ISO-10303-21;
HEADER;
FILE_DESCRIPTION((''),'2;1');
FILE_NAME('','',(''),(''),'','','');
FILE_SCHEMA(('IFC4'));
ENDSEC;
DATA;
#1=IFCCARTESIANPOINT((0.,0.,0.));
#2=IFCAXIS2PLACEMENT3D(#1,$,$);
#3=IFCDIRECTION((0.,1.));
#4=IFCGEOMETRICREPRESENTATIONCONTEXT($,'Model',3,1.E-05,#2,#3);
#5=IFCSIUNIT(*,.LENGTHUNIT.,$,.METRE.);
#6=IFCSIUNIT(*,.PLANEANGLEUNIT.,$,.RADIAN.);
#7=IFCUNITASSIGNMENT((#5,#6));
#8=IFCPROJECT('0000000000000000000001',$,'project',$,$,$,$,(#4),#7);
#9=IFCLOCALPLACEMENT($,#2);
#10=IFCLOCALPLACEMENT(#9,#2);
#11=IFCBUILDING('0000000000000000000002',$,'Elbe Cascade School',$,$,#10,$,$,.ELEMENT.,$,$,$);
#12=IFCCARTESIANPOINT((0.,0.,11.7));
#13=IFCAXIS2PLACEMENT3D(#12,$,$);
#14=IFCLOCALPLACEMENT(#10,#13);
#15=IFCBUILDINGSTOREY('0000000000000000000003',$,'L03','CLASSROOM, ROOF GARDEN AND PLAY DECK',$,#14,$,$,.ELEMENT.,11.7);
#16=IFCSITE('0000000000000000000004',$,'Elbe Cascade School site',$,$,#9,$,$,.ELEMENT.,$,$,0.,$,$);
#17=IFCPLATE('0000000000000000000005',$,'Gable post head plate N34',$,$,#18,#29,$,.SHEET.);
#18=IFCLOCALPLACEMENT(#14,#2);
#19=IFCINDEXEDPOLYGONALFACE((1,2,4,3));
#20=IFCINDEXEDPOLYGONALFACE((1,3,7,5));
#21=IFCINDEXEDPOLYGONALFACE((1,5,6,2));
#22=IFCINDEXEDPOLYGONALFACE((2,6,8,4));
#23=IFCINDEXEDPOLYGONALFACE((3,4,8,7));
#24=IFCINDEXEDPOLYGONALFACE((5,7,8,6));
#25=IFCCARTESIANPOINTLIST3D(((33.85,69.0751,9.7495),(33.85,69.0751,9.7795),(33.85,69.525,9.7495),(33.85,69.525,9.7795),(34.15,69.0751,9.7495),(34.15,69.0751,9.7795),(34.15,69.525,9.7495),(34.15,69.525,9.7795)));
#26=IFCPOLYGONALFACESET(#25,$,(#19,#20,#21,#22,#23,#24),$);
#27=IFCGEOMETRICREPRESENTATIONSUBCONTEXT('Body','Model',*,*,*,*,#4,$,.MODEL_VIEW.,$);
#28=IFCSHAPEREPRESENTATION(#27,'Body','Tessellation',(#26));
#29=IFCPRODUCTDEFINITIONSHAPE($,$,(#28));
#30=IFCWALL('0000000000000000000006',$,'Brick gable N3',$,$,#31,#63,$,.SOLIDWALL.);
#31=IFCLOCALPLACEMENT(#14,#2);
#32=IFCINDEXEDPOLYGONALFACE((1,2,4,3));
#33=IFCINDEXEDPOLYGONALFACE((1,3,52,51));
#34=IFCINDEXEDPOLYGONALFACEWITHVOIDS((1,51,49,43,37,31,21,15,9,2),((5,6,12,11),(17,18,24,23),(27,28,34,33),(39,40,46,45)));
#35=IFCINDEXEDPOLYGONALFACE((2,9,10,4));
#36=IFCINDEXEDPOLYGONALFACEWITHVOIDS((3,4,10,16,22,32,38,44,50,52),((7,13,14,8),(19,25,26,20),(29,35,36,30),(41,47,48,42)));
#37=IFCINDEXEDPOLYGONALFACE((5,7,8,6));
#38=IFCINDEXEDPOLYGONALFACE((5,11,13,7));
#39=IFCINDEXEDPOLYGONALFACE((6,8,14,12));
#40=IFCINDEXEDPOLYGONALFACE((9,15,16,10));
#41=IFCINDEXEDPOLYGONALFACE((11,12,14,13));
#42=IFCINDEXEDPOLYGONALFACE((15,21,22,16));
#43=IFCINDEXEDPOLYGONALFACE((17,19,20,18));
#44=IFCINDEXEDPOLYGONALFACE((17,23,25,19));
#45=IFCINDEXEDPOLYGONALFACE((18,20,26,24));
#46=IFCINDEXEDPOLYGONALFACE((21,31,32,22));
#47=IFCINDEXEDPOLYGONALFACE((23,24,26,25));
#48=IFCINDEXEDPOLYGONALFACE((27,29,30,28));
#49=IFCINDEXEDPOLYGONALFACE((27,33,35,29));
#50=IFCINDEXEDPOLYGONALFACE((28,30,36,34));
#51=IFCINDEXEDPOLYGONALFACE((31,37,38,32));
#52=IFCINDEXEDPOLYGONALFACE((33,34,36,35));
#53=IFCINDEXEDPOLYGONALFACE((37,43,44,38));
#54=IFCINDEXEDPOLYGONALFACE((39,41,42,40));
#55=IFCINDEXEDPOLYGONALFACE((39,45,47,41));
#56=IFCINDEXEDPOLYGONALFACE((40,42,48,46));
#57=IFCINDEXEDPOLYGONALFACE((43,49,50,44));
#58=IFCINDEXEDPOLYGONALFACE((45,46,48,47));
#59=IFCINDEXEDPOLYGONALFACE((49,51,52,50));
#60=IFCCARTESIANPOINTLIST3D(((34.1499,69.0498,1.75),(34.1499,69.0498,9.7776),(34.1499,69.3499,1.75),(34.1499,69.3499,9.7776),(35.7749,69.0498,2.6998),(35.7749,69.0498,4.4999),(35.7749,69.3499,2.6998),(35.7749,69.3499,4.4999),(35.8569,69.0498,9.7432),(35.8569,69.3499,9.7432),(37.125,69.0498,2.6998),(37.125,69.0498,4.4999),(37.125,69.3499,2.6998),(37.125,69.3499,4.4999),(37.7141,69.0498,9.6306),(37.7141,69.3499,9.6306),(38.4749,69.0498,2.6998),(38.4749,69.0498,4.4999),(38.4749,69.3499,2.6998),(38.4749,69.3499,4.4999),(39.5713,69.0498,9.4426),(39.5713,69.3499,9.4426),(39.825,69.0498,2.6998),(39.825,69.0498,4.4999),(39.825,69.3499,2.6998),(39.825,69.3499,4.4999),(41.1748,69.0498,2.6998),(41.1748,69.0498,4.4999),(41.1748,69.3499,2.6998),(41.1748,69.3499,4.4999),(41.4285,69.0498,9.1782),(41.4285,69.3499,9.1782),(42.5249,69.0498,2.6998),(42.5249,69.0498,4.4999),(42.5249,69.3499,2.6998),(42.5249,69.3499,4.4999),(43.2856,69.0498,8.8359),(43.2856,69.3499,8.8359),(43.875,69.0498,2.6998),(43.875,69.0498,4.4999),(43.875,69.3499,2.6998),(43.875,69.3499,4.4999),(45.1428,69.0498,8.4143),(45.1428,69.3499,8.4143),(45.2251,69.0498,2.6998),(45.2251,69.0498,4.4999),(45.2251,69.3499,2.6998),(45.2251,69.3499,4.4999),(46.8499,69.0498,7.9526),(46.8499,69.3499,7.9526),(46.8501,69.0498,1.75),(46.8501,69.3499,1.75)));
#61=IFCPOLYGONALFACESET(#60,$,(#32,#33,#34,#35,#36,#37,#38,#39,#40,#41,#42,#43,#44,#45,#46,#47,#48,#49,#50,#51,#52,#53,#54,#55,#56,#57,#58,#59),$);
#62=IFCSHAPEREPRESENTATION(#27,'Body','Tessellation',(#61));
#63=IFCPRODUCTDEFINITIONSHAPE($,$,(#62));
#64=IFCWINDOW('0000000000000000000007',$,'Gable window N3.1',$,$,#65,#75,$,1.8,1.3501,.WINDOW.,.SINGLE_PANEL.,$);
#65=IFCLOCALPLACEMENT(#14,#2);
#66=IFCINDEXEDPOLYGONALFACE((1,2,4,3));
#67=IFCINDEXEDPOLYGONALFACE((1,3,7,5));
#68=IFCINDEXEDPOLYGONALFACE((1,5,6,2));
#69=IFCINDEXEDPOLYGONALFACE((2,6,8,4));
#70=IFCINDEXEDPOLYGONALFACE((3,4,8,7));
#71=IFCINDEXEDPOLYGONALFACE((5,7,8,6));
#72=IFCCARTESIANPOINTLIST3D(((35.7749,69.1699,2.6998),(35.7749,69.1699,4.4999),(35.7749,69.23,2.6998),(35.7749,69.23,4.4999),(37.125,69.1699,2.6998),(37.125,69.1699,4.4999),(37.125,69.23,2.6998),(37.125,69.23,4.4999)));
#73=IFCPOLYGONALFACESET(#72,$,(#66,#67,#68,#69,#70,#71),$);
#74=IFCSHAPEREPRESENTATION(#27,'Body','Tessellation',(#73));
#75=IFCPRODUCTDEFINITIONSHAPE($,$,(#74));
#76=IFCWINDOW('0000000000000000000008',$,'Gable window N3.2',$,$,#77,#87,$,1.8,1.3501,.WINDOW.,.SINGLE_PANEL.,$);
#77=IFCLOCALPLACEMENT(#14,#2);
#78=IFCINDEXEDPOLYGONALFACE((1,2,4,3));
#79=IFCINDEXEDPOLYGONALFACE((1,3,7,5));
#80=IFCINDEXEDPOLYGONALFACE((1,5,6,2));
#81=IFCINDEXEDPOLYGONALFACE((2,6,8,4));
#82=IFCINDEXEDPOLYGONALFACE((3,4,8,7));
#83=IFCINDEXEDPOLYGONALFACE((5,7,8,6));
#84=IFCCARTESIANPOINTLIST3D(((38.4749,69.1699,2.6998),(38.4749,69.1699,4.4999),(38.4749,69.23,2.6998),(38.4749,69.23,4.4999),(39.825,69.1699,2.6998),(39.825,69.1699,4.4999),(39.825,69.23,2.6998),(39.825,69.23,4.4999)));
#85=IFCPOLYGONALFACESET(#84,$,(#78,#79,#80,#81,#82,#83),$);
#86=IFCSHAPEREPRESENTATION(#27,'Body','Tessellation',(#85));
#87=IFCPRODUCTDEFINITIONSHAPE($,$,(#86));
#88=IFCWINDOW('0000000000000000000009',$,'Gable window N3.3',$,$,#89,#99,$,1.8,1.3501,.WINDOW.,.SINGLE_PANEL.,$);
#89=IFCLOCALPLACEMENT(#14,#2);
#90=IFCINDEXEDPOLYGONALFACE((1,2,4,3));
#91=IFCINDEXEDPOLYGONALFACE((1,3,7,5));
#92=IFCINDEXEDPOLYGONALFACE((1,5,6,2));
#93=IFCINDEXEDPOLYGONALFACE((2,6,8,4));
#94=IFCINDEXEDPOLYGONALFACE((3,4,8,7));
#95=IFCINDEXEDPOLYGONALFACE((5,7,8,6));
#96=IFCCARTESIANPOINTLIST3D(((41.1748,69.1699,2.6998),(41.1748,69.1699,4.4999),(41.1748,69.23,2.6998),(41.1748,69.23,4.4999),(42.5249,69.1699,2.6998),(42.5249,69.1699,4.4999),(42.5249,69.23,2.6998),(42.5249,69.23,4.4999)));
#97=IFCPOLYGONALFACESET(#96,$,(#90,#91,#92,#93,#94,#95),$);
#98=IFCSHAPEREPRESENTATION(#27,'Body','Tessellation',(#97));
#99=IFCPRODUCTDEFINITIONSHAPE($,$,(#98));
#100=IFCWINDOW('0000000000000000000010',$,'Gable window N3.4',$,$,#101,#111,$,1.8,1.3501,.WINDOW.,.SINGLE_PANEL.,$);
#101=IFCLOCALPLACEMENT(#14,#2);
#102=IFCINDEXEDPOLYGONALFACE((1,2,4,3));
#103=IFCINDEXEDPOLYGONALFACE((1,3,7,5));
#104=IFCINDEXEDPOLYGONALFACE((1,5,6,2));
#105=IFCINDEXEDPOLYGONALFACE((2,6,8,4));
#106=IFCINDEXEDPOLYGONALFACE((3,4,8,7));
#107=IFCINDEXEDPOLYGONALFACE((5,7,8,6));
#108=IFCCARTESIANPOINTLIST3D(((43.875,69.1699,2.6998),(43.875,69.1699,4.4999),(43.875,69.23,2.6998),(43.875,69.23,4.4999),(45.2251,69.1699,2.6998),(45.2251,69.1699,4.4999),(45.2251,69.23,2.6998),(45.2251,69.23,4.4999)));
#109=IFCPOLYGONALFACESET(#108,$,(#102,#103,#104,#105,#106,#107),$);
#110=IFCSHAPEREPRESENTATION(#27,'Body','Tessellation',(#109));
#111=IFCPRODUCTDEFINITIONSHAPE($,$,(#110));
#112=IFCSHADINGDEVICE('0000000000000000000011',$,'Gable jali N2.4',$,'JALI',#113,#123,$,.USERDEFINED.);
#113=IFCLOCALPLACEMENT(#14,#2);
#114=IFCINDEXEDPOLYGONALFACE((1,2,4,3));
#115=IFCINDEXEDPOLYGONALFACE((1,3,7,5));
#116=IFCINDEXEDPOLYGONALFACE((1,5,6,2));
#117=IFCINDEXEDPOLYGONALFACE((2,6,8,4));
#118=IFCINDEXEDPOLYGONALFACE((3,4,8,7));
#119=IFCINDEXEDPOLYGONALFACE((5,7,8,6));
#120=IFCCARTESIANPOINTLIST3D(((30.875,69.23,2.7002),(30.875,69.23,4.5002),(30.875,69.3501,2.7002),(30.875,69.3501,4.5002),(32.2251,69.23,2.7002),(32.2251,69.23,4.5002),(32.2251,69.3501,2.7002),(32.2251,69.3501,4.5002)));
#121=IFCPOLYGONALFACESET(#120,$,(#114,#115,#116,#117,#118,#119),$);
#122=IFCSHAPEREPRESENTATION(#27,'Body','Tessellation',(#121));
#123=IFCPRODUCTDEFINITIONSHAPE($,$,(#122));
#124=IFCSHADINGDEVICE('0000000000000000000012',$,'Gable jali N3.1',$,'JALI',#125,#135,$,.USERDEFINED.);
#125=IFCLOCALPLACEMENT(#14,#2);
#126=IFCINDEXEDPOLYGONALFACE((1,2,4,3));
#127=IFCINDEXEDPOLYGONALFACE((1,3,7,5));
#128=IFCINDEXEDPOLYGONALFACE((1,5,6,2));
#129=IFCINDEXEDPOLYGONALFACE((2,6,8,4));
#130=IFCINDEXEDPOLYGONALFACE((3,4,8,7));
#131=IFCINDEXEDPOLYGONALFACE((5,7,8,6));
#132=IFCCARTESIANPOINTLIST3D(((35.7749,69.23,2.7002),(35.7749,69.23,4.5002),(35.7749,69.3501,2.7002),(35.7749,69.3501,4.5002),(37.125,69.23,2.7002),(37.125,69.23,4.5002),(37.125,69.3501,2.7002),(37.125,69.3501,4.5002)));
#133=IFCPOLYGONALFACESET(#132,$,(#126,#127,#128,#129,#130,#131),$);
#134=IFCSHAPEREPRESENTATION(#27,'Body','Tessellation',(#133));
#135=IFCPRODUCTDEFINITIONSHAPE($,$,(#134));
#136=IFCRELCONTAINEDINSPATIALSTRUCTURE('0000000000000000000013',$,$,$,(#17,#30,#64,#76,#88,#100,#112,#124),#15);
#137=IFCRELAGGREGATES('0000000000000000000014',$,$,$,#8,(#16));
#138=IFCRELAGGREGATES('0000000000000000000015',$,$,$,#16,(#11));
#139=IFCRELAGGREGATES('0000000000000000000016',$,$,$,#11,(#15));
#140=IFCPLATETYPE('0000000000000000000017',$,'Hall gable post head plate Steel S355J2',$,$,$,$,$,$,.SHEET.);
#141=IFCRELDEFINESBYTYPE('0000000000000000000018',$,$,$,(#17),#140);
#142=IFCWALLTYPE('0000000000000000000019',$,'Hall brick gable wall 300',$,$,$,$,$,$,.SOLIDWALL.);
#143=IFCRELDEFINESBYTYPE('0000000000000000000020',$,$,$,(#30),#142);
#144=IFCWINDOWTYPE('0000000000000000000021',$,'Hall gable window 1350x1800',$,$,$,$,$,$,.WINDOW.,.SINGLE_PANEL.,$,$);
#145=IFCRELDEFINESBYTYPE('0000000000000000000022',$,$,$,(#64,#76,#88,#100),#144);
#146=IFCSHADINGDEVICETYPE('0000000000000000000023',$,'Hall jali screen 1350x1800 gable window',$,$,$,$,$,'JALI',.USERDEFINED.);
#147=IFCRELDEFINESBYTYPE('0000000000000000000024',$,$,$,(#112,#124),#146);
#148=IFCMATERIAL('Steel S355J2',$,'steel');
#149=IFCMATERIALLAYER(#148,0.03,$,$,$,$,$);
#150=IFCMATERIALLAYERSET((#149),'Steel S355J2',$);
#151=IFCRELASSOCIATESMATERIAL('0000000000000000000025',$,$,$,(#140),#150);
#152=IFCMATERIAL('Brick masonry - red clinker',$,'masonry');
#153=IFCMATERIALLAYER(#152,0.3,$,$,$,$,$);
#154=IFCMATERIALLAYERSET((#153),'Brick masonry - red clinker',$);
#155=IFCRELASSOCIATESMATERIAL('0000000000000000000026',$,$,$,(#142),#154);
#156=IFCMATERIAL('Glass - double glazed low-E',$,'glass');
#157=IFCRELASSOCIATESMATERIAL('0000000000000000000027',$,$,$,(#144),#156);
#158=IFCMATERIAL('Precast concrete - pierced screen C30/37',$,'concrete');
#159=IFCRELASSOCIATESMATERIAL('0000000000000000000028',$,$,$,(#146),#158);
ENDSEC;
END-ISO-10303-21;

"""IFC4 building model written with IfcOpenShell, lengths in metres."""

from ifc_helpers import new_model, si_unit, direction, frame, frame_2d, origin, origin_2d, place, context, subcontext, project, spatial, polyline, rectangle, outline, extrude, material, layer, layer_set, type_object, element, fill, save


model = new_model("IFC4")

# Units and contexts
model_context = context("Model", 3, precision=1e-05, world=origin(), true_north=direction((0.0, 1.0)))
body_context = subcontext(model_context, "Body", "Model", "MODEL_VIEW")
ifc_project = project(units=[si_unit("LENGTHUNIT", "METRE"), si_unit("PLANEANGLEUNIT", "RADIAN")], contexts=[model_context])

# Site, building, storey
site_placement = place(None, origin())
site = spatial("IfcSite", under=ifc_project, at=site_placement, Name="Elbe Cascade School site", CompositionType="ELEMENT", RefElevation=0.0)
building_placement = place(site_placement, origin())
building = spatial("IfcBuilding", under=site, at=building_placement, Name="Elbe Cascade School", CompositionType="ELEMENT")
storey_placement = place(building_placement, frame((0.0, 0.0, 11.7)))
storey = spatial("IfcBuildingStorey", under=building, at=storey_placement, Name="L03", Description="CLASSROOM, ROOF GARDEN AND PLAY DECK", CompositionType="ELEMENT", Elevation=11.7)

# Plate
ifc_material_1 = material(Name="Steel S355J2", Category="steel")
ifc_layer_1 = layer(ifc_material_1, 0.03)
ifc_layer_set_1 = layer_set([ifc_layer_1], Name="Steel S355J2")
plate_type_1 = type_object("IfcPlateType", Name="Hall gable post head plate Steel S355J2", PredefinedType="SHEET", material=ifc_layer_set_1)
plate_1_placement = place(storey_placement, frame((34.0, 69.3, 9.7495), z_axis=(0.0, 0.0, 1.0), x_axis=(1.0, 0.0, 0.0)))
element("IfcPlate", 1, at=plate_1_placement, inside=storey, type_object=plate_type_1, Name="Gable post head plate N34", PredefinedType="SHEET", context=body_context, shape_type="SweptSolid", body=[
    extrude(rectangle(XDim=0.3, YDim=0.45, at=origin_2d()), origin(), (0.0, 0.0, 1.0), 0.03),
])

# Wall, openings, windows
ifc_material_2 = material(Name="Brick masonry - red clinker", Category="masonry")
ifc_layer_2 = layer(ifc_material_2, 0.3)
ifc_layer_set_2 = layer_set([ifc_layer_2], Name="Brick masonry - red clinker")
wall_type = type_object("IfcWallType", Name="Hall brick gable wall 300", PredefinedType="SOLIDWALL", material=ifc_layer_set_2)
wall_placement = place(storey_placement, frame((34.1499, 69.2, 1.75), z_axis=(0.0, 0.0, 1.0), x_axis=(1.0, 0.0, 0.0)))
wall = element("IfcWall", 2, at=wall_placement, inside=storey, type_object=wall_type, Name="Brick gable N3", PredefinedType="SOLIDWALL", context=body_context, shape_type="SweptSolid", body=[
    extrude(outline(polyline([(0.0, 0.0), (12.7002, 0.0), (12.7, 6.2026), (10.9929, 6.6643), (9.1357, 7.0859), (7.2786, 7.4282), (5.4214, 7.6926), (3.5642, 7.8806), (1.707, 7.9932), (0.0, 8.0276), (0.0, 0.0)])), frame((0.0, 0.1499, 0.0), z_axis=(0.0, -1.0, 0.0), x_axis=(1.0, 0.0, 0.0)), (0.0, 0.0, 1.0), 0.3),
])
opening_1_placement = place(wall_placement, frame((1.625, 0.0, 0.95)))
opening_1 = element("IfcOpeningElement", 3, at=opening_1_placement, cuts=wall, PredefinedType="OPENING", context=body_context, shape_type="SweptSolid", body=[
    extrude(rectangle(XDim=1.3501, YDim=1.8, at=frame_2d((0.675, 0.8999))), frame((0.0, 0.1599, 0.0), z_axis=(0.0, -1.0, 0.0), x_axis=(1.0, 0.0, 0.0)), (0.0, 0.0, 1.0), 0.3201),
])
opening_2_placement = place(wall_placement, frame((4.325, 0.0, 0.95)))
opening_2 = element("IfcOpeningElement", 4, at=opening_2_placement, cuts=wall, PredefinedType="OPENING", context=body_context, shape_type="SweptSolid", body=[
    extrude(rectangle(XDim=1.3501, YDim=1.8, at=frame_2d((0.675, 0.8999))), frame((0.0, 0.1599, 0.0), z_axis=(0.0, -1.0, 0.0), x_axis=(1.0, 0.0, 0.0)), (0.0, 0.0, 1.0), 0.3201),
])
opening_3_placement = place(wall_placement, frame((7.0249, 0.0, 0.95)))
opening_3 = element("IfcOpeningElement", 5, at=opening_3_placement, cuts=wall, PredefinedType="OPENING", context=body_context, shape_type="SweptSolid", body=[
    extrude(rectangle(XDim=1.3501, YDim=1.8, at=frame_2d((0.675, 0.8999))), frame((0.0, 0.1599, 0.0), z_axis=(0.0, -1.0, 0.0), x_axis=(1.0, 0.0, 0.0)), (0.0, 0.0, 1.0), 0.3201),
])
opening_4_placement = place(wall_placement, frame((9.7251, 0.0, 0.95)))
opening_4 = element("IfcOpeningElement", 6, at=opening_4_placement, cuts=wall, PredefinedType="OPENING", context=body_context, shape_type="SweptSolid", body=[
    extrude(rectangle(XDim=1.3501, YDim=1.8, at=frame_2d((0.675, 0.8999))), frame((0.0, 0.1599, 0.0), z_axis=(0.0, -1.0, 0.0), x_axis=(1.0, 0.0, 0.0)), (0.0, 0.0, 1.0), 0.3201),
])
ifc_material_3 = material(Name="Glass - double glazed low-E", Category="glass")
window_type = type_object("IfcWindowType", Name="Hall gable window 1350x1800", PartitioningType="SINGLE_PANEL", PredefinedType="WINDOW", material=ifc_material_3)
window_1_placement = place(opening_1_placement, origin())
window_1 = element("IfcWindow", 7, at=window_1_placement, inside=storey, type_object=window_type, Name="Gable window N3.1", OverallHeight=1.8, OverallWidth=1.3501, PartitioningType="SINGLE_PANEL", PredefinedType="WINDOW", context=body_context, shape_type="SweptSolid", body=[
    extrude(rectangle(XDim=1.3501, YDim=1.8, at=frame_2d((0.675, 0.8999))), frame((0.0, 0.03, 0.0), z_axis=(0.0, -1.0, 0.0), x_axis=(1.0, 0.0, 0.0)), (0.0, 0.0, 1.0), 0.0601),
])
fill(opening_1, window_1)
window_2_placement = place(opening_2_placement, origin())
window_2 = element("IfcWindow", 8, at=window_2_placement, inside=storey, type_object=window_type, Name="Gable window N3.2", OverallHeight=1.8, OverallWidth=1.3501, PartitioningType="SINGLE_PANEL", PredefinedType="WINDOW", context=body_context, shape_type="SweptSolid", body=[
    extrude(rectangle(XDim=1.3501, YDim=1.8, at=frame_2d((0.675, 0.8999))), frame((0.0, 0.03, 0.0), z_axis=(0.0, -1.0, 0.0), x_axis=(1.0, 0.0, 0.0)), (0.0, 0.0, 1.0), 0.0601),
])
fill(opening_2, window_2)
window_3_placement = place(opening_3_placement, origin())
window_3 = element("IfcWindow", 9, at=window_3_placement, inside=storey, type_object=window_type, Name="Gable window N3.3", OverallHeight=1.8, OverallWidth=1.3501, PartitioningType="SINGLE_PANEL", PredefinedType="WINDOW", context=body_context, shape_type="SweptSolid", body=[
    extrude(rectangle(XDim=1.3501, YDim=1.8, at=frame_2d((0.675, 0.8999))), frame((0.0, 0.03, 0.0), z_axis=(0.0, -1.0, 0.0), x_axis=(1.0, 0.0, 0.0)), (0.0, 0.0, 1.0), 0.0601),
])
fill(opening_3, window_3)
window_4_placement = place(opening_4_placement, origin())
window_4 = element("IfcWindow", 10, at=window_4_placement, inside=storey, type_object=window_type, Name="Gable window N3.4", OverallHeight=1.8, OverallWidth=1.3501, PartitioningType="SINGLE_PANEL", PredefinedType="WINDOW", context=body_context, shape_type="SweptSolid", body=[
    extrude(rectangle(XDim=1.3501, YDim=1.8, at=frame_2d((0.675, 0.8999))), frame((0.0, 0.03, 0.0), z_axis=(0.0, -1.0, 0.0), x_axis=(1.0, 0.0, 0.0)), (0.0, 0.0, 1.0), 0.0601),
])
fill(opening_4, window_4)

# Shading devices
ifc_material_4 = material(Name="Precast concrete - pierced screen C30/37", Category="concrete")
shading_device_type = type_object("IfcShadingDeviceType", Name="Hall jali screen 1350x1800 gable window", ElementType="JALI", PredefinedType="USERDEFINED", material=ifc_material_4)
for number, where, z_axis, x_axis, name in (
    (11, (31.55, 69.29, 2.7002), (0.0, 0.0, 1.0), (1.0, 0.0, 0.0), "Gable jali N2.4"),
    (12, (36.45, 69.29, 2.7002), (0.0, 0.0, 1.0), (1.0, 0.0, 0.0), "Gable jali N3.1"),
):
    element("IfcShadingDevice", number, at=place(storey_placement, frame(where, z_axis=z_axis, x_axis=x_axis)), inside=storey, type_object=shading_device_type, Name=name, ObjectType="JALI", PredefinedType="USERDEFINED", context=body_context, shape_type="SweptSolid", body=[
        extrude(rectangle(XDim=1.3501, YDim=0.1201, at=origin_2d()), origin(), (0.0, 0.0, 1.0), 1.8),
    ])

save(model, "model.ifc")
